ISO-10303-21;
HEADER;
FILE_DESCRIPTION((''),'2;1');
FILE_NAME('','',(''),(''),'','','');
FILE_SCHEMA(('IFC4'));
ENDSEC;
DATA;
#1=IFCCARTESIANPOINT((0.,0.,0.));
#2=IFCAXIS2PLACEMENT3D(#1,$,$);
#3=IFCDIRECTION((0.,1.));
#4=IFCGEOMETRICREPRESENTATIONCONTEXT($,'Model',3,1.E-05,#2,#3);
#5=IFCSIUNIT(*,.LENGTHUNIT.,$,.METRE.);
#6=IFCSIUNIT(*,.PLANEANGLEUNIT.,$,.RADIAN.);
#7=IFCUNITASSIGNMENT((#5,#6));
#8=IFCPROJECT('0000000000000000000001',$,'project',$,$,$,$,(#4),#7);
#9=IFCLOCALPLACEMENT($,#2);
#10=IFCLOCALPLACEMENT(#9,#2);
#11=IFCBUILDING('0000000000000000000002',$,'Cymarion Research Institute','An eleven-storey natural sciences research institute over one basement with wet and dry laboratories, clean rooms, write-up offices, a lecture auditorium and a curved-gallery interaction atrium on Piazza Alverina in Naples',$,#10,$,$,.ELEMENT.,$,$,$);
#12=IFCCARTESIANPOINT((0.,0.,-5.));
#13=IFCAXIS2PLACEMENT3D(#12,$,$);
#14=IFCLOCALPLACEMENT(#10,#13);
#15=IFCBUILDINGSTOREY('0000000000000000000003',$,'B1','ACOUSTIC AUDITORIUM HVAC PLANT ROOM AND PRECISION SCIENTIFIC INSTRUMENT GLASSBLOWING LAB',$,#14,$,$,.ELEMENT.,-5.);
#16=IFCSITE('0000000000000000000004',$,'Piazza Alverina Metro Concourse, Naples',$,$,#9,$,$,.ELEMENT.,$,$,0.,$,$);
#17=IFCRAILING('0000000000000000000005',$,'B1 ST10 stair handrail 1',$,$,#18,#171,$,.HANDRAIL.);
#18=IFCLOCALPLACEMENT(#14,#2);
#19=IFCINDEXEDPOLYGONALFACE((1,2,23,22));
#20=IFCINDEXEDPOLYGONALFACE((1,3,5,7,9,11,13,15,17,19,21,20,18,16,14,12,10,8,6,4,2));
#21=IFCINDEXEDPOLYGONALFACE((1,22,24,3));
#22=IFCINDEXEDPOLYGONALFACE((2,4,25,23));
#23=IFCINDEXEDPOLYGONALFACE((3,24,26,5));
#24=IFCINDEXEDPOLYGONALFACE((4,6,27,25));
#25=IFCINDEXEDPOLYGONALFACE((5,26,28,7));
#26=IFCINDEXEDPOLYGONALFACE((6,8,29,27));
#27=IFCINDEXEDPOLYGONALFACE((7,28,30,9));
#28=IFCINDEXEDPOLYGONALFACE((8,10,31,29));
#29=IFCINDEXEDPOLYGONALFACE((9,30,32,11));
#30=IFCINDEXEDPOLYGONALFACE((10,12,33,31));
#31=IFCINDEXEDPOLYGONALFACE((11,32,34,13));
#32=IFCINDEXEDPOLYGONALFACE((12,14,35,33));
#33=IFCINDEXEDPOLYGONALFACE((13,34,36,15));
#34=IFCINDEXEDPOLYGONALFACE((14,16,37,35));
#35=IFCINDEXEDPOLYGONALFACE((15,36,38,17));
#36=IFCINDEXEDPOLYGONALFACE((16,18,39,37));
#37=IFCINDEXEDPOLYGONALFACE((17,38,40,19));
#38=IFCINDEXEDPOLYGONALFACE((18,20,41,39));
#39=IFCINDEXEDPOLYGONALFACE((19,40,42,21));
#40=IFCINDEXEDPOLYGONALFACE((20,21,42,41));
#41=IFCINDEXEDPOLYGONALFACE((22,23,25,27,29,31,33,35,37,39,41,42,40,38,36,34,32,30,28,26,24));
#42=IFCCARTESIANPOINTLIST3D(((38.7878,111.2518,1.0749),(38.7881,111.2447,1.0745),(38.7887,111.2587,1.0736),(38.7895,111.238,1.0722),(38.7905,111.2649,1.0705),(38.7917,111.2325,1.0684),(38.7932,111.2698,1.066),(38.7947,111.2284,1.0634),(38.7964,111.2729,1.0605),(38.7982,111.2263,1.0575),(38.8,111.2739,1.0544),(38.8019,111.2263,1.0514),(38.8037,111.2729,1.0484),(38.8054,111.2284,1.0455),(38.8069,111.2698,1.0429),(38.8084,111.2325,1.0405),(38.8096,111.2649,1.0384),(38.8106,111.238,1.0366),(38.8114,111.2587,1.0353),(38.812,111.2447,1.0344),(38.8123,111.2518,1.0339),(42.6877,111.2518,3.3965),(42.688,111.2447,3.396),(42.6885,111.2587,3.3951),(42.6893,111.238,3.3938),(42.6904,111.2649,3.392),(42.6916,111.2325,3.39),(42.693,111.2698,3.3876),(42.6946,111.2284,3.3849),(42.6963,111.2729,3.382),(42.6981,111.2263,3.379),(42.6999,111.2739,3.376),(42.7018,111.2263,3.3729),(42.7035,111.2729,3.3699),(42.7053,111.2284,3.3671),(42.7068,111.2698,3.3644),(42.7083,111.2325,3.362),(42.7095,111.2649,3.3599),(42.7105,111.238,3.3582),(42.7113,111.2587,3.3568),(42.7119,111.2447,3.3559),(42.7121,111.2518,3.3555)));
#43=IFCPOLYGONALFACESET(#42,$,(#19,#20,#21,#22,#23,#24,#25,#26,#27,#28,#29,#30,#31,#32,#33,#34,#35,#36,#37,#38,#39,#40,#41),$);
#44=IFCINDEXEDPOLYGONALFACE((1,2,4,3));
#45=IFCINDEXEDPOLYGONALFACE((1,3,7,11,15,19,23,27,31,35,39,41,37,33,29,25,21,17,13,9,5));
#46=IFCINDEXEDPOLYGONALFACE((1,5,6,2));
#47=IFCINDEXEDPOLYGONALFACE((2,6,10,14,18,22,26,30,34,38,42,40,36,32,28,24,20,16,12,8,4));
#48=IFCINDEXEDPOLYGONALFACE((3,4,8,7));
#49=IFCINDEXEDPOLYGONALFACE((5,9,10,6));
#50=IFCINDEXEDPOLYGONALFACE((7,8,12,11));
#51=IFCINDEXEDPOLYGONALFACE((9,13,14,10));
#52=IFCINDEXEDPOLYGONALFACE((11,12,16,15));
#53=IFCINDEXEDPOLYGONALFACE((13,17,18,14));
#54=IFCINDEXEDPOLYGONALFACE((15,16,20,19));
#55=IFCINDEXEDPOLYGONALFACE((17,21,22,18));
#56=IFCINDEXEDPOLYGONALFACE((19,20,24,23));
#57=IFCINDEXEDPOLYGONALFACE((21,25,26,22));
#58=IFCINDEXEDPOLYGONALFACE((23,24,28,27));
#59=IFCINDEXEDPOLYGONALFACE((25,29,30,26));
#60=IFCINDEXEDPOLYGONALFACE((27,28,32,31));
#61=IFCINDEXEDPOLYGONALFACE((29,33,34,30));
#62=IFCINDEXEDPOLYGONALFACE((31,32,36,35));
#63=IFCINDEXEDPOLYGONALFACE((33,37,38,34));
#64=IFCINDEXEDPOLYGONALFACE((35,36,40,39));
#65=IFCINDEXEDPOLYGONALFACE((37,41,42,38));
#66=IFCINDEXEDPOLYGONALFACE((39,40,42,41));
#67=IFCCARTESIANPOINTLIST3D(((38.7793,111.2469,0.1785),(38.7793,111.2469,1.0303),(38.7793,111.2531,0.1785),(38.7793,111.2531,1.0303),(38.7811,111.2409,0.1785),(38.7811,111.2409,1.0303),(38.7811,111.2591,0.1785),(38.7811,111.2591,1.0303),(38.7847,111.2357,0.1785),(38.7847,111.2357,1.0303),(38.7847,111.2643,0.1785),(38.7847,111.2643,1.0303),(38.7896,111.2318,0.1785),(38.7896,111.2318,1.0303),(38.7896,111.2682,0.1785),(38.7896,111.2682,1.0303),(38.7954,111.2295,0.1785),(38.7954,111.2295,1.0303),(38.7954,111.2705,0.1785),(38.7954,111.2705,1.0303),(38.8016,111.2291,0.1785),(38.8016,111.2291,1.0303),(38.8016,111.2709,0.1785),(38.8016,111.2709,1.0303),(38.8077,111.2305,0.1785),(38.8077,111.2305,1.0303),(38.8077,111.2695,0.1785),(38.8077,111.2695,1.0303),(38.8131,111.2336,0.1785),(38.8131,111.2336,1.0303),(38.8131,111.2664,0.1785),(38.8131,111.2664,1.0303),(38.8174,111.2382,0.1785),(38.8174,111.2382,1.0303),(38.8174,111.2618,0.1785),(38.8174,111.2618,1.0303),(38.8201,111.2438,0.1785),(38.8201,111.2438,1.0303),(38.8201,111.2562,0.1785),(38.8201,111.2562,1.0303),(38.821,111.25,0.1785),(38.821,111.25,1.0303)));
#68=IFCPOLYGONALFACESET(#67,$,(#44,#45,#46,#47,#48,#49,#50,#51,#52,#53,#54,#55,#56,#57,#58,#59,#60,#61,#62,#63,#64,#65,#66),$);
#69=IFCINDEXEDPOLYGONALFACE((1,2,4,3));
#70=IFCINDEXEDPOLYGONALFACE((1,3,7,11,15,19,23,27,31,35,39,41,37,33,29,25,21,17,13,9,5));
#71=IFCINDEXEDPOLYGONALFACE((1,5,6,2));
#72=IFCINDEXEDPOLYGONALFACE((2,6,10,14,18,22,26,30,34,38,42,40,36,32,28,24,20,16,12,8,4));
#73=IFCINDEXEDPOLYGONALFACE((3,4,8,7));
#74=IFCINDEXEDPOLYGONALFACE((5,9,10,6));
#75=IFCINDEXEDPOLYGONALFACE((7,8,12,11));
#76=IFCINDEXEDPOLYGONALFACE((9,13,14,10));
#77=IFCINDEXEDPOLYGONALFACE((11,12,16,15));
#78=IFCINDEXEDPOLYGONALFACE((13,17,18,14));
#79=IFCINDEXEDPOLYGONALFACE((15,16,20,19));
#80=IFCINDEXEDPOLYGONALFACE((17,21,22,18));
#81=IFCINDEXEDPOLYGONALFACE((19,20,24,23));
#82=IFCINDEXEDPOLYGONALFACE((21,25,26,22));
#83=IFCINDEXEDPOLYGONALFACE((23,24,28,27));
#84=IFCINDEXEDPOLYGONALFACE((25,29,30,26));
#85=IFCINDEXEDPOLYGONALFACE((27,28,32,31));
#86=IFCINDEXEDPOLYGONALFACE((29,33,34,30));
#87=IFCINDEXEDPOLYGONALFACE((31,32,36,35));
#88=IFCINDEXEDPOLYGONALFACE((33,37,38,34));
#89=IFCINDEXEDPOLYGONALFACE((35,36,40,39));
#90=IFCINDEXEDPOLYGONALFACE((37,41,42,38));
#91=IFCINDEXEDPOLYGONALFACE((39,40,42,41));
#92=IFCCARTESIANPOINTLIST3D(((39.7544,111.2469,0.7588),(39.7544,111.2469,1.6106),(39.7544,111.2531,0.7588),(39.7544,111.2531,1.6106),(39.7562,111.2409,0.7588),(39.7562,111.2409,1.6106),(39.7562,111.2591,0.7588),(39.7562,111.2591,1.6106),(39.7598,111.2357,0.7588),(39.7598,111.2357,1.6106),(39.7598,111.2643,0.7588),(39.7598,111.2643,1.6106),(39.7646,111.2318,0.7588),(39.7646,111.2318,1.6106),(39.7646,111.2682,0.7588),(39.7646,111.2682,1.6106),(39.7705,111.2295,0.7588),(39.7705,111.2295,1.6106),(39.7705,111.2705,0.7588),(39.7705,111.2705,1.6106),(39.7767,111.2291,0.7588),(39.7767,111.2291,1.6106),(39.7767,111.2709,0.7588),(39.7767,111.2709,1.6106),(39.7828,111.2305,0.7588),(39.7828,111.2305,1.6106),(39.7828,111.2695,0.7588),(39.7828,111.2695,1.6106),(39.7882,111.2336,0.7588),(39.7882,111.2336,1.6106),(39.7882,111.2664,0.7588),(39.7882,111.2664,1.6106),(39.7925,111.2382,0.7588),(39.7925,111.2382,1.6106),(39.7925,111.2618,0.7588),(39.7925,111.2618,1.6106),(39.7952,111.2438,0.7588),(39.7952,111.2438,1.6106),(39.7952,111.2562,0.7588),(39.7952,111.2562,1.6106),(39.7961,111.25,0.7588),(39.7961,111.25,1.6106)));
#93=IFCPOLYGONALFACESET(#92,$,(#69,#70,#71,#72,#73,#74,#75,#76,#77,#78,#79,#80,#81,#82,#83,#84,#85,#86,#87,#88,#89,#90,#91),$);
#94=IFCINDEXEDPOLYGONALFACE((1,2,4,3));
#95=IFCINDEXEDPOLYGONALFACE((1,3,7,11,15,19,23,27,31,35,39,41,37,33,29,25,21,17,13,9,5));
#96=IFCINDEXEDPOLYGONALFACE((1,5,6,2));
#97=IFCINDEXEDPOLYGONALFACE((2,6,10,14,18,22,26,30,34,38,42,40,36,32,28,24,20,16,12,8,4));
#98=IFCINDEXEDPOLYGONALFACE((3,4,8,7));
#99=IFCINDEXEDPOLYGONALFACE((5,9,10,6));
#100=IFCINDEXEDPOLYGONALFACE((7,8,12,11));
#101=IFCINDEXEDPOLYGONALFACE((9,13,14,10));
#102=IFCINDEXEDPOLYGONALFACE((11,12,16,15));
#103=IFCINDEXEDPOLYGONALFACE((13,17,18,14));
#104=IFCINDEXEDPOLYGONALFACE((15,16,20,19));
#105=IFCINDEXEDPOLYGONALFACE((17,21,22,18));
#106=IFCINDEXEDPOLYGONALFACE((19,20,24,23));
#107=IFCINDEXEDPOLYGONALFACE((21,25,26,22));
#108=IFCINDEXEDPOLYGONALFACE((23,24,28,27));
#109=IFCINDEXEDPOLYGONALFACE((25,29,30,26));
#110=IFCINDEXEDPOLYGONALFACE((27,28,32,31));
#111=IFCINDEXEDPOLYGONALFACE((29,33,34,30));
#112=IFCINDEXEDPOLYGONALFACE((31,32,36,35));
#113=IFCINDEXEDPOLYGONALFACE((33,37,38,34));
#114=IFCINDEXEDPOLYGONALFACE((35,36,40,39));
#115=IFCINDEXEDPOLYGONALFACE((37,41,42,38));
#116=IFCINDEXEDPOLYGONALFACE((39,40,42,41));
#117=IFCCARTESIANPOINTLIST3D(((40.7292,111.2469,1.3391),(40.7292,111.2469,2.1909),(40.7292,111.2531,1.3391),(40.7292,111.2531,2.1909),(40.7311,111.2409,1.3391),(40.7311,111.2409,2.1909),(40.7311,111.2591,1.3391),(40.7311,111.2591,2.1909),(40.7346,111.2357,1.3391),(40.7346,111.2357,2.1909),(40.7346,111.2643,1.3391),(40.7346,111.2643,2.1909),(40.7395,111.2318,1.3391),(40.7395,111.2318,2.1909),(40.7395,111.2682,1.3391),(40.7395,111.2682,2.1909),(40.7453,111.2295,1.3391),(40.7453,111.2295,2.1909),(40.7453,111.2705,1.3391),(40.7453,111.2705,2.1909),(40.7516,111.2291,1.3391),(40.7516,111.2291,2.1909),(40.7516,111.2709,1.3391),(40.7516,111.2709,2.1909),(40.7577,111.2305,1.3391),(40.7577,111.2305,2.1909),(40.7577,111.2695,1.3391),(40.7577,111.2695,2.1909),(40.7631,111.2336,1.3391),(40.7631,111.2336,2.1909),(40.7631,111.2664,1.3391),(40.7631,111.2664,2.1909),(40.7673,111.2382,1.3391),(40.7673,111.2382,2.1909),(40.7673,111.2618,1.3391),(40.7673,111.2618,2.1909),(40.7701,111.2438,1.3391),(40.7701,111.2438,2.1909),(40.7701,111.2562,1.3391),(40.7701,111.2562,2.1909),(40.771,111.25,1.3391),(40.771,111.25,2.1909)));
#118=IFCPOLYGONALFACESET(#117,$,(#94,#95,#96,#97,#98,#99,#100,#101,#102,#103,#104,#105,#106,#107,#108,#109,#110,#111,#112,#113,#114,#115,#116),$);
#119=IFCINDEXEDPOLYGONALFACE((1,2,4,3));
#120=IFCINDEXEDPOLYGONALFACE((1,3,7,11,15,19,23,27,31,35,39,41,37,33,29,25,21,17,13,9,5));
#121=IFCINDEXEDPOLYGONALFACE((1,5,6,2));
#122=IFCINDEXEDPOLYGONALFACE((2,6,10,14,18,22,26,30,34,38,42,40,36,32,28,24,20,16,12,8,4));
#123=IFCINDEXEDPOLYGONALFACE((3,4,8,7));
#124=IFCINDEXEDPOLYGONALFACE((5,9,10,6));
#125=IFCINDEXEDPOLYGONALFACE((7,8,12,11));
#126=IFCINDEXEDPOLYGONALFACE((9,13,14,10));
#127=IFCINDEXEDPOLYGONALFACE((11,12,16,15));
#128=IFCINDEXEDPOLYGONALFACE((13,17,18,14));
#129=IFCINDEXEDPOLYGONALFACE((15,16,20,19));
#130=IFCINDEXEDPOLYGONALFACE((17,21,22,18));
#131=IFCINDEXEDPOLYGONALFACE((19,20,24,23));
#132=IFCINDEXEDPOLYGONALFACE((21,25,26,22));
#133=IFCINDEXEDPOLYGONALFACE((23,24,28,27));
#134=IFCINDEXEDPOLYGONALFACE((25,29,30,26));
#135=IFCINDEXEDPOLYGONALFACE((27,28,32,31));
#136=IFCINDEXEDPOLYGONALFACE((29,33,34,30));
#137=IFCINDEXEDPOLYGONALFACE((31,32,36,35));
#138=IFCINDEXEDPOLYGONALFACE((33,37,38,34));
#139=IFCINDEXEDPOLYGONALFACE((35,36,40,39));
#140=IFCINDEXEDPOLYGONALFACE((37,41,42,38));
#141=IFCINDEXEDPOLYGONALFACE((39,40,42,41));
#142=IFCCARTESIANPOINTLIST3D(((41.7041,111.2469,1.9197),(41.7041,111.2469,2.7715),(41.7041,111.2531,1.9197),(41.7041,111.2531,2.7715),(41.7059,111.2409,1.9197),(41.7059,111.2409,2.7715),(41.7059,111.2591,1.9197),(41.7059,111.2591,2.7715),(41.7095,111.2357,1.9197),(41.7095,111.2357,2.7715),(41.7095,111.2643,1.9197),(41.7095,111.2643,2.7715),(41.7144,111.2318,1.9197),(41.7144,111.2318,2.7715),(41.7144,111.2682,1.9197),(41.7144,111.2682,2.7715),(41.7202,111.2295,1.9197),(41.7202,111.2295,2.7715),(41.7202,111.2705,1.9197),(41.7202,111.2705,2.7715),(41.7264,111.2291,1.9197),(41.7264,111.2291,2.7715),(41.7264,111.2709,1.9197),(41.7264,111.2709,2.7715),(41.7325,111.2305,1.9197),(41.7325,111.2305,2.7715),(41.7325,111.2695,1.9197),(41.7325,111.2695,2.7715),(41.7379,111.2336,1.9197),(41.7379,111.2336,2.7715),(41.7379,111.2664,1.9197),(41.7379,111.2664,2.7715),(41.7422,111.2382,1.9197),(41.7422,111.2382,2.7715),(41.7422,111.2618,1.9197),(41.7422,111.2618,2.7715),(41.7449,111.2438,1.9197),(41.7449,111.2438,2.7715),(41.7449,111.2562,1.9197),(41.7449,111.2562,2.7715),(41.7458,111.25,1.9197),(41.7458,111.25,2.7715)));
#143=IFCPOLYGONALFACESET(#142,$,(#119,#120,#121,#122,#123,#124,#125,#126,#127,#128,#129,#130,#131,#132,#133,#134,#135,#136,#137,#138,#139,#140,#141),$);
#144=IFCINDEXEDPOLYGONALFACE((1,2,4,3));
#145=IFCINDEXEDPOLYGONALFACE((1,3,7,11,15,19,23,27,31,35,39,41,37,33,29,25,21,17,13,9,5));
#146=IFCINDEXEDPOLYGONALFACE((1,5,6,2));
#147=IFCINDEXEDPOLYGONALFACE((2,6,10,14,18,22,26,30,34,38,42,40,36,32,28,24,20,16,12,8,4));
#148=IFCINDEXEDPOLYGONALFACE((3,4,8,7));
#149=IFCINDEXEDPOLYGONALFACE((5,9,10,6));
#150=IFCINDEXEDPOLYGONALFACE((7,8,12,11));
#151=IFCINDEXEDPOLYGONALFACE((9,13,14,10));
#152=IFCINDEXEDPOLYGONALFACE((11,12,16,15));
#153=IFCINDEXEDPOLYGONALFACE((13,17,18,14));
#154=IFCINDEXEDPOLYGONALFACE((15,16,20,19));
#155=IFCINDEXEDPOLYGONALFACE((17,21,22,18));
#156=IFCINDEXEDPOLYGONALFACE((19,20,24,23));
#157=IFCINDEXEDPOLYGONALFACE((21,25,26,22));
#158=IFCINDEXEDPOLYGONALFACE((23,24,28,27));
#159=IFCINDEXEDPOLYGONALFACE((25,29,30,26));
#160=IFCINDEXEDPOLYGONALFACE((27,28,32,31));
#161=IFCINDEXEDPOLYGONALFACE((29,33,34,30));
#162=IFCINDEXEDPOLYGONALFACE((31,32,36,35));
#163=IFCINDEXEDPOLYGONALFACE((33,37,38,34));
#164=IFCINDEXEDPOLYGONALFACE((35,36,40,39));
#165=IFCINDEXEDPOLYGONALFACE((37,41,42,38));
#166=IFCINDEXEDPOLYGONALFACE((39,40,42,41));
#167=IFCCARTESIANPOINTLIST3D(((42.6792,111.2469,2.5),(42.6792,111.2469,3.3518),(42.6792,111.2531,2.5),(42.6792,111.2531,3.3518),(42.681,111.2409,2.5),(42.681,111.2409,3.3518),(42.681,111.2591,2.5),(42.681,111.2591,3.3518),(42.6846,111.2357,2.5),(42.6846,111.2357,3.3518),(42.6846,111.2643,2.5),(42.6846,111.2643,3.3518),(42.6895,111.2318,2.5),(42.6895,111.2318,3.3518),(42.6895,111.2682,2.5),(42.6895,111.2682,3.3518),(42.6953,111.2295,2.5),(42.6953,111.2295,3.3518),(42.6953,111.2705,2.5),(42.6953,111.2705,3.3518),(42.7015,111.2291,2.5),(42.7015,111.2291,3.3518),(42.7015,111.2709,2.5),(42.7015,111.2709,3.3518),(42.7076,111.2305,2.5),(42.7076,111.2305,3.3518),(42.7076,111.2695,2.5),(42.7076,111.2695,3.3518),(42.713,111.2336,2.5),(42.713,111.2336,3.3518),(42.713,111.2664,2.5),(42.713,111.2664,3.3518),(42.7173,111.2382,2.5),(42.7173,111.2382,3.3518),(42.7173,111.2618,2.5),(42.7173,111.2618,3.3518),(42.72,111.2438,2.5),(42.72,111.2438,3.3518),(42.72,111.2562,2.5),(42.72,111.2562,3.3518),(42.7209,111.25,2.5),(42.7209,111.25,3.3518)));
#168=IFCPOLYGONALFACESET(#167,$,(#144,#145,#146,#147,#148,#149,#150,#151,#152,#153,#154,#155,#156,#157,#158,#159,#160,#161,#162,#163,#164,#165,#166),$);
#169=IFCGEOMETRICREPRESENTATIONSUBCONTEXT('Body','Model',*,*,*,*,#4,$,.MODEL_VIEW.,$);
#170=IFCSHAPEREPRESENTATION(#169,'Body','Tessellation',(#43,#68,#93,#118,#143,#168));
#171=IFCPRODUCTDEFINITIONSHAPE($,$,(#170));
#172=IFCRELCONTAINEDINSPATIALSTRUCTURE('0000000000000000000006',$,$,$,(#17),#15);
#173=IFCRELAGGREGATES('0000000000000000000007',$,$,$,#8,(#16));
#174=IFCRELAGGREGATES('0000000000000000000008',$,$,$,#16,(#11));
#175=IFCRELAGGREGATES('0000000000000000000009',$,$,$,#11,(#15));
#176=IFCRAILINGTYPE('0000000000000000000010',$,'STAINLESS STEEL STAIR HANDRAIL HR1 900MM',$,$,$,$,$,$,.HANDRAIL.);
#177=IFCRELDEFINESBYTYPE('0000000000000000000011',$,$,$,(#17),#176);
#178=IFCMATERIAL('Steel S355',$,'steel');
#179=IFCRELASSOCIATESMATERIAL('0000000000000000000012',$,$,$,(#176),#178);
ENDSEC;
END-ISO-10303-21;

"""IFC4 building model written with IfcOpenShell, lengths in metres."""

from ifc_helpers import new_model, si_unit, direction, frame, origin, origin_2d, place, context, subcontext, project, spatial, circle, extrude, material, type_object, element, save


model = new_model("IFC4")

# Units and contexts
model_context = context("Model", 3, precision=1e-05, world=origin(), true_north=direction((0.0, 1.0)))
body_context = subcontext(model_context, "Body", "Model", "MODEL_VIEW")
ifc_project = project(units=[si_unit("LENGTHUNIT", "METRE"), si_unit("PLANEANGLEUNIT", "RADIAN")], contexts=[model_context])

# Site, building, storey
site_placement = place(None, origin())
site = spatial("IfcSite", under=ifc_project, at=site_placement, Name="Piazza Alverina Metro Concourse, Naples", CompositionType="ELEMENT", RefElevation=0.0)
building_placement = place(site_placement, origin())
building = spatial("IfcBuilding", under=site, at=building_placement, Name="Cymarion Research Institute", Description="An eleven-storey natural sciences research institute over one basement with wet and dry laboratories, clean rooms, write-up offices, a lecture auditorium and a curved-gallery interaction atrium on Piazza Alverina in Naples", CompositionType="ELEMENT")
storey_placement = place(building_placement, frame((0.0, 0.0, -5.0)))
storey = spatial("IfcBuildingStorey", under=building, at=storey_placement, Name="B1", Description="ACOUSTIC AUDITORIUM HVAC PLANT ROOM AND PRECISION SCIENTIFIC INSTRUMENT GLASSBLOWING LAB", CompositionType="ELEMENT", Elevation=-5.0)

# Shared definitions
ifc_material_1 = material(Name="Steel S355", Category="steel")

# Railing
railing_type_1 = type_object("IfcRailingType", Name="STAINLESS STEEL STAIR HANDRAIL HR1 900MM", PredefinedType="HANDRAIL", material=ifc_material_1)
railing_1_placement = place(storey_placement, frame((38.8, 111.25, 0.1785)))
element("IfcRailing", 1, at=railing_1_placement, inside=storey, type_object=railing_type_1, Name="B1 ST10 stair handrail 1", PredefinedType="HANDRAIL", context=body_context, shape_type="SweptSolid", body=[
    extrude(circle(Radius=0.0239, at=origin_2d()), frame((0.0, 0.0, 0.876), z_axis=(0.859277, 0.0, 0.51151), x_axis=(0.0, 1.0, 0.0)), (0.0, 0.0, 1.0), 4.5386),
    extrude(circle(Radius=0.021, at=origin_2d()), origin(), (0.0, 0.0, 1.0), 0.8518),
    extrude(circle(Radius=0.021, at=origin_2d()), frame((0.9751, 0.0, 0.5803)), (0.0, 0.0, 1.0), 0.8518),
    extrude(circle(Radius=0.021, at=origin_2d()), frame((1.95, 0.0, 1.1606)), (0.0, 0.0, 1.0), 0.8518),
    extrude(circle(Radius=0.021, at=origin_2d()), frame((2.9248, 0.0, 1.7412)), (0.0, 0.0, 1.0), 0.8518),
    extrude(circle(Radius=0.021, at=origin_2d()), frame((3.8999, 0.0, 2.3215)), (0.0, 0.0, 1.0), 0.8518),
])

save(model, "model.ifc")
